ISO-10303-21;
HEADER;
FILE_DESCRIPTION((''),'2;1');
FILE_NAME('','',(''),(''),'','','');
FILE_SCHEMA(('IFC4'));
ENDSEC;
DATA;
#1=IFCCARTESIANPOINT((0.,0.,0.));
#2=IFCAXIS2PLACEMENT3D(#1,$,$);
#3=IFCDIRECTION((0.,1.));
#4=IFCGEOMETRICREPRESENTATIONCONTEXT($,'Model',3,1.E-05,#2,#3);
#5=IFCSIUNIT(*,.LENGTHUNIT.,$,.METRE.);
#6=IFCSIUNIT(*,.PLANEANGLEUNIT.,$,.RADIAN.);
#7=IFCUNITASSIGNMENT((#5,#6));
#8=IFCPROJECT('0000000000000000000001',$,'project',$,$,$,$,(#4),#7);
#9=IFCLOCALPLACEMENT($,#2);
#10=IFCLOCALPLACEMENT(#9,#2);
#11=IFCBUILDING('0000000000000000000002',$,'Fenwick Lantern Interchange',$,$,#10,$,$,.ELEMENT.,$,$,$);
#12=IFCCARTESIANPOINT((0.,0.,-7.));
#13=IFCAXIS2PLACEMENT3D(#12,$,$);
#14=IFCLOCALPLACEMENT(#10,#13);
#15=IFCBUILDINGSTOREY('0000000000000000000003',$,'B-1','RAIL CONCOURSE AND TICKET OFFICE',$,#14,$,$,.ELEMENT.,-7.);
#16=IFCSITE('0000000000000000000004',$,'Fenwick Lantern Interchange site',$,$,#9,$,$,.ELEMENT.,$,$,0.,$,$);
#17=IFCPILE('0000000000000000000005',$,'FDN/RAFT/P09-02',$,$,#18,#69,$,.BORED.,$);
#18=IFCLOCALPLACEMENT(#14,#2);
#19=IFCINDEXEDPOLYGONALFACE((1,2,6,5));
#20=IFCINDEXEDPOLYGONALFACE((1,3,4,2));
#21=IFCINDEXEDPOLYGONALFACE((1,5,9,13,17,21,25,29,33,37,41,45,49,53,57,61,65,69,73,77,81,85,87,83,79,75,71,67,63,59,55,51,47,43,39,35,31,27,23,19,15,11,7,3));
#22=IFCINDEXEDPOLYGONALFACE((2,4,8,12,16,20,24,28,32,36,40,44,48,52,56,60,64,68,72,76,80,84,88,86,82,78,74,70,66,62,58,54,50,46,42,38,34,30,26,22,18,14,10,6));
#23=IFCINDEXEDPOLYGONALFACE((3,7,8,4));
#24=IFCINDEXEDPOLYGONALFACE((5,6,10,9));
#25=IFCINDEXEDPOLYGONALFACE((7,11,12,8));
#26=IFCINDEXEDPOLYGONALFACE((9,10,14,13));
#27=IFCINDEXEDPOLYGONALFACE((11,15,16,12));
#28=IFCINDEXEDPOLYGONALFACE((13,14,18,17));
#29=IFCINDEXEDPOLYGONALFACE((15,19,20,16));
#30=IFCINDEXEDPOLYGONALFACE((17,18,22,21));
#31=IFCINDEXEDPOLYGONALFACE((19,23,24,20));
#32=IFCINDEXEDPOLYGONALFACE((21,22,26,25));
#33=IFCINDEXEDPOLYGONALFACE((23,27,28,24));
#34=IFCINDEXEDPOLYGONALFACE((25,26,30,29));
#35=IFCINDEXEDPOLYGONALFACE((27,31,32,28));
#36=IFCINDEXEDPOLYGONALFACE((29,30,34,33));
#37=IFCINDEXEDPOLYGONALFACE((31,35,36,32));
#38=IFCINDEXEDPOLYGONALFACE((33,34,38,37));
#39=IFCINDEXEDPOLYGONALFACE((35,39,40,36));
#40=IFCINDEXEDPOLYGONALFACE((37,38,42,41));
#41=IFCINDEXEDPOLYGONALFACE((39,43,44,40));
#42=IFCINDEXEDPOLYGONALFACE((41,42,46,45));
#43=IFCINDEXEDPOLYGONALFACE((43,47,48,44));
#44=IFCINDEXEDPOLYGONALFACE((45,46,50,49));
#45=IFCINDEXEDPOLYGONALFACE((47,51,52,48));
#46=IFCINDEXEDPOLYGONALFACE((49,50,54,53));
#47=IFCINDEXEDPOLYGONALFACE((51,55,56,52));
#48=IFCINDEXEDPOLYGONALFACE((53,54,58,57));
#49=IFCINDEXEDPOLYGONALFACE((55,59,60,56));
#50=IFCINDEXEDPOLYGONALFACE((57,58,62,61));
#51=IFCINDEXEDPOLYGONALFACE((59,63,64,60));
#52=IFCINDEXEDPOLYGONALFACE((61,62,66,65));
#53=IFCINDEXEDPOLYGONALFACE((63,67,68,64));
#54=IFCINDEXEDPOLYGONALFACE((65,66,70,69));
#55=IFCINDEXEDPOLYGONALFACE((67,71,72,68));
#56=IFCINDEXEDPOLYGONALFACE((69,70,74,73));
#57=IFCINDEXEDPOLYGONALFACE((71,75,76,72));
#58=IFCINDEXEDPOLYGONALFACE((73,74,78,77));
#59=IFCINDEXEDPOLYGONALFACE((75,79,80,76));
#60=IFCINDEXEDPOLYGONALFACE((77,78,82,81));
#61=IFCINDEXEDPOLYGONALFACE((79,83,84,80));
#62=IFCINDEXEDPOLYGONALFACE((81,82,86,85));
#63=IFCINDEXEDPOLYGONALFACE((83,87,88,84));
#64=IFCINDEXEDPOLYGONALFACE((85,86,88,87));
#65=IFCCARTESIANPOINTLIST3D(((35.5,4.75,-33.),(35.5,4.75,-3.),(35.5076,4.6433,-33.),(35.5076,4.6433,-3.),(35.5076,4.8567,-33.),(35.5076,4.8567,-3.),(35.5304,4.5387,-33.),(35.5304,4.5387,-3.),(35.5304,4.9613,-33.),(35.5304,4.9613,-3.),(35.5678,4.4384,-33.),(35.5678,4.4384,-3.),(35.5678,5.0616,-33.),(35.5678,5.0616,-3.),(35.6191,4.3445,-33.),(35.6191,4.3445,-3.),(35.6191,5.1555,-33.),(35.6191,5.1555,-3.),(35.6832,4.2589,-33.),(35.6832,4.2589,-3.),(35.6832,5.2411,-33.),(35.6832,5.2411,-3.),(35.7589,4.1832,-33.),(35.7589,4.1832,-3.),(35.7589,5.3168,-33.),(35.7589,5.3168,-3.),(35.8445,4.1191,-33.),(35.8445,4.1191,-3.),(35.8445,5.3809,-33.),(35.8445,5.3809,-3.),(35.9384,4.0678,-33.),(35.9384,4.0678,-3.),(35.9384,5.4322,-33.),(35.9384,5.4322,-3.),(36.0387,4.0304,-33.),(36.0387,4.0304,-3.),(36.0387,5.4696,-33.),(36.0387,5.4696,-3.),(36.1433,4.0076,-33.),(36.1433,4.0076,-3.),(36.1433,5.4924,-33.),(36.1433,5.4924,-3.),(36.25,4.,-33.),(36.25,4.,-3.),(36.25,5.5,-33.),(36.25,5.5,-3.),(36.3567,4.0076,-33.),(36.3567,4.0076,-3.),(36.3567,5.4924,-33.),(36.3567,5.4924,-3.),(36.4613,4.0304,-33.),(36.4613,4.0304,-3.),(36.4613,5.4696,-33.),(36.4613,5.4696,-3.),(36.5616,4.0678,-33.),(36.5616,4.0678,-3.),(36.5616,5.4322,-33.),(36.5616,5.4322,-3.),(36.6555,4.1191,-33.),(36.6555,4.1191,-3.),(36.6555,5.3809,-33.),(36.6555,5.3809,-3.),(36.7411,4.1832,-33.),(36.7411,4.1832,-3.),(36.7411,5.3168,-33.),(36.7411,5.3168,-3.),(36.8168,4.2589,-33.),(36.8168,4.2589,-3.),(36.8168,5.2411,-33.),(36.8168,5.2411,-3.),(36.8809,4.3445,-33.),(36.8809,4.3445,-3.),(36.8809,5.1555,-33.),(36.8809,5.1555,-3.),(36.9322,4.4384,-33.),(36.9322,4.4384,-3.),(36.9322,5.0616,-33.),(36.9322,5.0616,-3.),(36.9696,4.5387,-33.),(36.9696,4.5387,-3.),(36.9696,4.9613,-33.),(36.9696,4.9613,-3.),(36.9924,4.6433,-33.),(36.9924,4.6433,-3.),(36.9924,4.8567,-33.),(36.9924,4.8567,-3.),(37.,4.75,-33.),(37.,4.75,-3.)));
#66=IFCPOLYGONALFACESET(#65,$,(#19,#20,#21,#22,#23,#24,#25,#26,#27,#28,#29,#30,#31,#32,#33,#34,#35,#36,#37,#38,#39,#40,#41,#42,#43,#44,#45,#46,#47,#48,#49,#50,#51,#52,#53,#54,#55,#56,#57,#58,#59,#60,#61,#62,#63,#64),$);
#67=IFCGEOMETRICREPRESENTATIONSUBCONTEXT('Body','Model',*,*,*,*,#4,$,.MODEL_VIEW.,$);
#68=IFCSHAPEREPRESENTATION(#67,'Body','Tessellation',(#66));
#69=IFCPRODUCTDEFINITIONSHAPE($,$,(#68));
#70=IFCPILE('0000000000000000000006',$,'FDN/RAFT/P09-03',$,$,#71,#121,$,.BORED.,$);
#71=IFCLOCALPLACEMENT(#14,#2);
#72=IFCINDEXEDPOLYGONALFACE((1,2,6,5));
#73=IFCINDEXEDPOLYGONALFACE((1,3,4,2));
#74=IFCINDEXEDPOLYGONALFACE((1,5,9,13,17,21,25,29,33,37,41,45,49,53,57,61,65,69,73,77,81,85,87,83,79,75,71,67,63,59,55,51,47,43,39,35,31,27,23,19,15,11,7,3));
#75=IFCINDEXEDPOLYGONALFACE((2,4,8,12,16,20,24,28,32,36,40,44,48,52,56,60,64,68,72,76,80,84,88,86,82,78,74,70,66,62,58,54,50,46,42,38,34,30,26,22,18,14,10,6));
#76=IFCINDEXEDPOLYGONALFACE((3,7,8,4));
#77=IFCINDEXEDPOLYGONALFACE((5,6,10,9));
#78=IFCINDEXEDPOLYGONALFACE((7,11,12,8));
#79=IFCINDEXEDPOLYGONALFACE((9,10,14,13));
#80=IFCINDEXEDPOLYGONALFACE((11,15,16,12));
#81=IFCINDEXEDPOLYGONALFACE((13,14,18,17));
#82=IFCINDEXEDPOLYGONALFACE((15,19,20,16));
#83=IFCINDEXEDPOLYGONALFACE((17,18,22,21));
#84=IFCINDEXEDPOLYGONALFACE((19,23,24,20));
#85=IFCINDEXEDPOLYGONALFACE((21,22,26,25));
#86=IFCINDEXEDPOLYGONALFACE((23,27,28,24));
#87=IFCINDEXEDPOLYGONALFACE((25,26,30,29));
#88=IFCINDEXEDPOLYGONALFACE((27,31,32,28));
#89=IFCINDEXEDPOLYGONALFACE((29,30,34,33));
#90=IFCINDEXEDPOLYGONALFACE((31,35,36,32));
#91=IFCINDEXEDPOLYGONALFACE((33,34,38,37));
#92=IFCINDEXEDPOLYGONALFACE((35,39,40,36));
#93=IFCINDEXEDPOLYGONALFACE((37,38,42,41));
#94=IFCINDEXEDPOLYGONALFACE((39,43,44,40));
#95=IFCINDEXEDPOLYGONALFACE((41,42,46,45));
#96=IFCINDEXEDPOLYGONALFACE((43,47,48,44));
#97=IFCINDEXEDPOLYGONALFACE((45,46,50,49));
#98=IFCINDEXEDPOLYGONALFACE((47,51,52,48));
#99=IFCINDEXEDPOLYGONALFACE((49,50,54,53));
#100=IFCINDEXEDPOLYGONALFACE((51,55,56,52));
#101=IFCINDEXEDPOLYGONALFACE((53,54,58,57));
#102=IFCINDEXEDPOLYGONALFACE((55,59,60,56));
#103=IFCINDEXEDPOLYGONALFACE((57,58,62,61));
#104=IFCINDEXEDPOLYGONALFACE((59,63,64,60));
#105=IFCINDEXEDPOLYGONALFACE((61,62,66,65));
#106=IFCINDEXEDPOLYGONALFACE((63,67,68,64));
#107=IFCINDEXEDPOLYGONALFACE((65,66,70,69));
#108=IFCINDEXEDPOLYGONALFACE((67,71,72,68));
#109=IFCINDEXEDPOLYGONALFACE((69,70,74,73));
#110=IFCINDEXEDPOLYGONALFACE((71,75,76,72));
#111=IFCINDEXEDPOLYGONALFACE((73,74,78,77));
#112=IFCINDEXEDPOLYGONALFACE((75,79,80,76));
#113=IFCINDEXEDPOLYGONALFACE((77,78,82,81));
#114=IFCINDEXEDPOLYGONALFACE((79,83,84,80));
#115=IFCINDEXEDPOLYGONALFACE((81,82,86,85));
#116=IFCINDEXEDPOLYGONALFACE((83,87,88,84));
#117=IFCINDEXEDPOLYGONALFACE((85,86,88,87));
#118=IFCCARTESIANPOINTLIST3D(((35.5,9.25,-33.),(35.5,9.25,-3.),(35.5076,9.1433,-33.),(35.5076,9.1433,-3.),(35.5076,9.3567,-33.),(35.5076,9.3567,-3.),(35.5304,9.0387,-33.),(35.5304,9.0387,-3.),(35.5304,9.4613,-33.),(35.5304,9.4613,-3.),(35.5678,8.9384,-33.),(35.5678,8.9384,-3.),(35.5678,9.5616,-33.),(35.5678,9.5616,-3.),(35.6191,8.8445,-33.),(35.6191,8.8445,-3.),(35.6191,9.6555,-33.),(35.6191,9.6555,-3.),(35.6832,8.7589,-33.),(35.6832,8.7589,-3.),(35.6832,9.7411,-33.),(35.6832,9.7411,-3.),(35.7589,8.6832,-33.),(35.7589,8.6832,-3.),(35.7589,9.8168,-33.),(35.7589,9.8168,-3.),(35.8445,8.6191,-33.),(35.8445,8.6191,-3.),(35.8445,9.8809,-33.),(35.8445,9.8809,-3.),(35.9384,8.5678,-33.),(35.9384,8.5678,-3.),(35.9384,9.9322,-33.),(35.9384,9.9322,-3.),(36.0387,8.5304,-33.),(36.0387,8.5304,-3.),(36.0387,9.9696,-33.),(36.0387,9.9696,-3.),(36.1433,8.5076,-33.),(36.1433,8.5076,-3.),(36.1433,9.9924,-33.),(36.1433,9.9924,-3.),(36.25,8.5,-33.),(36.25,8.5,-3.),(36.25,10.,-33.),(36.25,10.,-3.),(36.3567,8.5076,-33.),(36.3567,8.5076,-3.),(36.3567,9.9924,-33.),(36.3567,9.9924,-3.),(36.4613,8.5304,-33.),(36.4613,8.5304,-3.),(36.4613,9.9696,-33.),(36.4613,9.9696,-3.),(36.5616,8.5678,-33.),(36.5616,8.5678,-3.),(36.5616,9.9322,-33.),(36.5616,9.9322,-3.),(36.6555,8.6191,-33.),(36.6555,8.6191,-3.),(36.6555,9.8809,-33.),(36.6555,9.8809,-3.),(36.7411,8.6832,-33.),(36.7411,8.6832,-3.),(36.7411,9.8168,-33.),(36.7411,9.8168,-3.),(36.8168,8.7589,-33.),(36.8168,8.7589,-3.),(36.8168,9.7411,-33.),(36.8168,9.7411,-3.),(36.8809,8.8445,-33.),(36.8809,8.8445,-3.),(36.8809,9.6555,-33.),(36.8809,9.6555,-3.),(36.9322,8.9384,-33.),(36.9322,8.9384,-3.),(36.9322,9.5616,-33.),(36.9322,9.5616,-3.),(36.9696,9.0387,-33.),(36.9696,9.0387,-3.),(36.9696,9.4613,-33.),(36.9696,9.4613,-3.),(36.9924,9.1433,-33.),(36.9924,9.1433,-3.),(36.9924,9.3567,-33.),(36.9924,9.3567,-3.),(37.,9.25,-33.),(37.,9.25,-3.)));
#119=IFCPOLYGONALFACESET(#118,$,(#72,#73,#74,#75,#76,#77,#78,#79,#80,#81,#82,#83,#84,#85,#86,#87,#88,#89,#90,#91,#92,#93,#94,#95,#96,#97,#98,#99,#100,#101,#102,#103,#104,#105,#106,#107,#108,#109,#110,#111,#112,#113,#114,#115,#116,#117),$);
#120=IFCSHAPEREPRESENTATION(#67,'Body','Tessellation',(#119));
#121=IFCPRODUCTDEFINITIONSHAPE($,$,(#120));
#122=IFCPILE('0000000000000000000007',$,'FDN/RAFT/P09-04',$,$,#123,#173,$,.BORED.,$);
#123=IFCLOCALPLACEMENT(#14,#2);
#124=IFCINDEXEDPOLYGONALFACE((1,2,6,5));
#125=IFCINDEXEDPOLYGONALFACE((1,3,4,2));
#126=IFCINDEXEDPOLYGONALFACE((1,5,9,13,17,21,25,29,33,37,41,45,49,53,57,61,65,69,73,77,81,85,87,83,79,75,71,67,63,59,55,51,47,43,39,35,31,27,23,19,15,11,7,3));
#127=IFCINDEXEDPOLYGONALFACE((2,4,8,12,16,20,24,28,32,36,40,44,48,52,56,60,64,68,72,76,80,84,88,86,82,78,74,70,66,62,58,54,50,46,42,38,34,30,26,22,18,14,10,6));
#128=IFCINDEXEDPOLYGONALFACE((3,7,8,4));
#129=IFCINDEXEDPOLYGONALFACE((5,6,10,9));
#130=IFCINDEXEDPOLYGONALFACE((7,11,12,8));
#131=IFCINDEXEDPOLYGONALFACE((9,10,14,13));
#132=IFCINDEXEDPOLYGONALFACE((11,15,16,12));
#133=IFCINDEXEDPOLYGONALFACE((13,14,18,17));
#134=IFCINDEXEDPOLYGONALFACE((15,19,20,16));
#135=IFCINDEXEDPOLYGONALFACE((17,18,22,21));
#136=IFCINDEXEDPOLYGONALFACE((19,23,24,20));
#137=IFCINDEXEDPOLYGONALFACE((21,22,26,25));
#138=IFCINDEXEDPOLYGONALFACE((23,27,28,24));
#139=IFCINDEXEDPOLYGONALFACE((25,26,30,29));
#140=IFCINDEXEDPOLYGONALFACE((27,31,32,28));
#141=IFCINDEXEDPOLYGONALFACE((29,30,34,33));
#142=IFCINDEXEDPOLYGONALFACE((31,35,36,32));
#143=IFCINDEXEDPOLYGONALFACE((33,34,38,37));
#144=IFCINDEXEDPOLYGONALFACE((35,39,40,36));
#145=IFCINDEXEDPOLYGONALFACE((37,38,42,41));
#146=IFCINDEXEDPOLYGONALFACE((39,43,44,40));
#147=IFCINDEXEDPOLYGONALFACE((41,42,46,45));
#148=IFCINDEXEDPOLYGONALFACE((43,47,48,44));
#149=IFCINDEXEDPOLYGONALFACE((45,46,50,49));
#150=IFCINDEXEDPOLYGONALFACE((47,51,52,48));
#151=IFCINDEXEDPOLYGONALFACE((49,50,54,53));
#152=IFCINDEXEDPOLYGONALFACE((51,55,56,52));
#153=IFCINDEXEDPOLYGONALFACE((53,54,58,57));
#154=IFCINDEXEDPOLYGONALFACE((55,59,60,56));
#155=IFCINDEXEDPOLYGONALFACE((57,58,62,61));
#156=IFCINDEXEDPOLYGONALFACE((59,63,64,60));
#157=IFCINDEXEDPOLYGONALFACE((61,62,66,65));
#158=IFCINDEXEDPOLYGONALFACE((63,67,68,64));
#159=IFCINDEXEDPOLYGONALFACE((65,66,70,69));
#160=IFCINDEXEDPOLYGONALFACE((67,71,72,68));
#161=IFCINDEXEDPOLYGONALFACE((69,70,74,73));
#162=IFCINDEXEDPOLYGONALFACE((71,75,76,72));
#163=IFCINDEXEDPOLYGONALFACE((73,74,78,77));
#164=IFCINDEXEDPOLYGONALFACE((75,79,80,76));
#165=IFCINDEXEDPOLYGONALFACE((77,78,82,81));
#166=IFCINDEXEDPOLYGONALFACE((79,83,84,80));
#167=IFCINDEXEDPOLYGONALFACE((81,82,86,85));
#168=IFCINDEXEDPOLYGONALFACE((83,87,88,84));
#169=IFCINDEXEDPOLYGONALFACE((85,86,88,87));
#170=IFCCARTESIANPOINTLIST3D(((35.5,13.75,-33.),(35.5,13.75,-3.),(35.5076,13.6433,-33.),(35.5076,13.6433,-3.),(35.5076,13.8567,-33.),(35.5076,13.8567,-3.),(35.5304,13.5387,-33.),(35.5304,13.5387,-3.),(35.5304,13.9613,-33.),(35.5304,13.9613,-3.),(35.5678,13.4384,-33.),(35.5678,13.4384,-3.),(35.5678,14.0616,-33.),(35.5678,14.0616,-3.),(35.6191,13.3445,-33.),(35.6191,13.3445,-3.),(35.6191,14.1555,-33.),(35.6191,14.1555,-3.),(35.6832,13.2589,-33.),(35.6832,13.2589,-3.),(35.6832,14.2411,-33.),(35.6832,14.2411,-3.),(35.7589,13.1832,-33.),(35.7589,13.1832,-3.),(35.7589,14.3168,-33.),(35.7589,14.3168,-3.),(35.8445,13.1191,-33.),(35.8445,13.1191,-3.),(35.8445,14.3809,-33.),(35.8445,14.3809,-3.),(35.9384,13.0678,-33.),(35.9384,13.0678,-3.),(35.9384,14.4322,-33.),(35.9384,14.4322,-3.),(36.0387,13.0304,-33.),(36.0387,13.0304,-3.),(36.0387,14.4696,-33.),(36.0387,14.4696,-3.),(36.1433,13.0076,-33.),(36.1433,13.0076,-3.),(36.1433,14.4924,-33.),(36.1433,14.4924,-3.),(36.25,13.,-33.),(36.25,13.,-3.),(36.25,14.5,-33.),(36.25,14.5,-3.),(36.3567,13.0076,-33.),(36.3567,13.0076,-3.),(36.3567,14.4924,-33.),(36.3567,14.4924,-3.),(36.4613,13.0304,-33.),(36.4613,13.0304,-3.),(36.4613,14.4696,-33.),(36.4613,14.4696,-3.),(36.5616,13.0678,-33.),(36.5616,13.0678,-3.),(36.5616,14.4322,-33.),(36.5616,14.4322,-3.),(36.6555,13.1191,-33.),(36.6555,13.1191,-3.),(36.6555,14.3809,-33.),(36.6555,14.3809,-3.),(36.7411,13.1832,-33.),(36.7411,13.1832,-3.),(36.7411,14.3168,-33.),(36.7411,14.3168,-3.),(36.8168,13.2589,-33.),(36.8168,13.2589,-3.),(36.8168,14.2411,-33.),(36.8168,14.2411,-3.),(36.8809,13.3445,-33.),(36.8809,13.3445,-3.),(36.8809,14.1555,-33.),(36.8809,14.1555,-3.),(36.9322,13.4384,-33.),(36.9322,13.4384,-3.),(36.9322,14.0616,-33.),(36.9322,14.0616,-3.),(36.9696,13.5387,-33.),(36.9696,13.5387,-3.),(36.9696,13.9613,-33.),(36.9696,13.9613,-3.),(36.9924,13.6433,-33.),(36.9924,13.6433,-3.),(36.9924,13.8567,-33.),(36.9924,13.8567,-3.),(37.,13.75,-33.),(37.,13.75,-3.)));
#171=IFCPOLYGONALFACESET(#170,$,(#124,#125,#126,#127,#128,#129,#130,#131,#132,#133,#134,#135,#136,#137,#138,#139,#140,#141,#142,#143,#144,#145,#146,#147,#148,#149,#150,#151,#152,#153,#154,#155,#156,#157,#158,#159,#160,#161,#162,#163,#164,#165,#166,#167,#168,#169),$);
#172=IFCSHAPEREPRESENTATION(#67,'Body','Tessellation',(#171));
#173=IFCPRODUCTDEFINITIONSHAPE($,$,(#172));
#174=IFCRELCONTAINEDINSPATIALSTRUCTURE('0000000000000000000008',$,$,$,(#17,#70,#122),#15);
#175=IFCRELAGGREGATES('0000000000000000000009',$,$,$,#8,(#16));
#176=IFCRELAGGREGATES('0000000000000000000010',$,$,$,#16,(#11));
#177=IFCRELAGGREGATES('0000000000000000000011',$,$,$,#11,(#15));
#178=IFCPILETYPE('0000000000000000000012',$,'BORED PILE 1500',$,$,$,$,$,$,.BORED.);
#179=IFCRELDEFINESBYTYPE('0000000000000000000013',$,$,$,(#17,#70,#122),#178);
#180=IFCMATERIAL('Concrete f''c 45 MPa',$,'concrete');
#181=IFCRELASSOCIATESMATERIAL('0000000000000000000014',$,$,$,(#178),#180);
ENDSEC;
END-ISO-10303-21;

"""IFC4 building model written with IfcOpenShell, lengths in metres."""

from ifc_helpers import new_model, si_unit, direction, frame, origin, origin_2d, place, context, subcontext, project, spatial, circle, extrude, material, type_object, element, save


model = new_model("IFC4")

# Units and contexts
model_context = context("Model", 3, precision=1e-05, world=origin(), true_north=direction((0.0, 1.0)))
body_context = subcontext(model_context, "Body", "Model", "MODEL_VIEW")
ifc_project = project(units=[si_unit("LENGTHUNIT", "METRE"), si_unit("PLANEANGLEUNIT", "RADIAN")], contexts=[model_context])

# Site, building, storey
site_placement = place(None, origin())
site = spatial("IfcSite", under=ifc_project, at=site_placement, Name="Fenwick Lantern Interchange site", CompositionType="ELEMENT", RefElevation=0.0)
building_placement = place(site_placement, origin())
building = spatial("IfcBuilding", under=site, at=building_placement, Name="Fenwick Lantern Interchange", CompositionType="ELEMENT")
storey_placement = place(building_placement, frame((0.0, 0.0, -7.0)))
storey = spatial("IfcBuildingStorey", under=building, at=storey_placement, Name="B-1", Description="RAIL CONCOURSE AND TICKET OFFICE", CompositionType="ELEMENT", Elevation=-7.0)

# Piles
ifc_material_1 = material(Name="Concrete f'c 45 MPa", Category="concrete")
pile_type = type_object("IfcPileType", Name="BORED PILE 1500", PredefinedType="BORED", material=ifc_material_1)
for number, where, z_axis, x_axis, name in (
    (1, (36.25, 4.75, -3.0), (0.0, 0.0, -1.0), (1.0, 0.0, 0.0), "FDN/RAFT/P09-02"),
    (2, (36.25, 9.25, -3.0), (0.0, 0.0, -1.0), (1.0, 0.0, 0.0), "FDN/RAFT/P09-03"),
    (3, (36.25, 13.75, -3.0), (0.0, 0.0, -1.0), (1.0, 0.0, 0.0), "FDN/RAFT/P09-04"),
):
    element("IfcPile", number, at=place(storey_placement, frame(where, z_axis=z_axis, x_axis=x_axis)), inside=storey, type_object=pile_type, Name=name, PredefinedType="BORED", context=body_context, shape_type="SweptSolid", body=[
        extrude(circle(Radius=0.75, at=origin_2d()), origin(), (0.0, 0.0, 1.0), 30.0),
    ])

save(model, "model.ifc")
